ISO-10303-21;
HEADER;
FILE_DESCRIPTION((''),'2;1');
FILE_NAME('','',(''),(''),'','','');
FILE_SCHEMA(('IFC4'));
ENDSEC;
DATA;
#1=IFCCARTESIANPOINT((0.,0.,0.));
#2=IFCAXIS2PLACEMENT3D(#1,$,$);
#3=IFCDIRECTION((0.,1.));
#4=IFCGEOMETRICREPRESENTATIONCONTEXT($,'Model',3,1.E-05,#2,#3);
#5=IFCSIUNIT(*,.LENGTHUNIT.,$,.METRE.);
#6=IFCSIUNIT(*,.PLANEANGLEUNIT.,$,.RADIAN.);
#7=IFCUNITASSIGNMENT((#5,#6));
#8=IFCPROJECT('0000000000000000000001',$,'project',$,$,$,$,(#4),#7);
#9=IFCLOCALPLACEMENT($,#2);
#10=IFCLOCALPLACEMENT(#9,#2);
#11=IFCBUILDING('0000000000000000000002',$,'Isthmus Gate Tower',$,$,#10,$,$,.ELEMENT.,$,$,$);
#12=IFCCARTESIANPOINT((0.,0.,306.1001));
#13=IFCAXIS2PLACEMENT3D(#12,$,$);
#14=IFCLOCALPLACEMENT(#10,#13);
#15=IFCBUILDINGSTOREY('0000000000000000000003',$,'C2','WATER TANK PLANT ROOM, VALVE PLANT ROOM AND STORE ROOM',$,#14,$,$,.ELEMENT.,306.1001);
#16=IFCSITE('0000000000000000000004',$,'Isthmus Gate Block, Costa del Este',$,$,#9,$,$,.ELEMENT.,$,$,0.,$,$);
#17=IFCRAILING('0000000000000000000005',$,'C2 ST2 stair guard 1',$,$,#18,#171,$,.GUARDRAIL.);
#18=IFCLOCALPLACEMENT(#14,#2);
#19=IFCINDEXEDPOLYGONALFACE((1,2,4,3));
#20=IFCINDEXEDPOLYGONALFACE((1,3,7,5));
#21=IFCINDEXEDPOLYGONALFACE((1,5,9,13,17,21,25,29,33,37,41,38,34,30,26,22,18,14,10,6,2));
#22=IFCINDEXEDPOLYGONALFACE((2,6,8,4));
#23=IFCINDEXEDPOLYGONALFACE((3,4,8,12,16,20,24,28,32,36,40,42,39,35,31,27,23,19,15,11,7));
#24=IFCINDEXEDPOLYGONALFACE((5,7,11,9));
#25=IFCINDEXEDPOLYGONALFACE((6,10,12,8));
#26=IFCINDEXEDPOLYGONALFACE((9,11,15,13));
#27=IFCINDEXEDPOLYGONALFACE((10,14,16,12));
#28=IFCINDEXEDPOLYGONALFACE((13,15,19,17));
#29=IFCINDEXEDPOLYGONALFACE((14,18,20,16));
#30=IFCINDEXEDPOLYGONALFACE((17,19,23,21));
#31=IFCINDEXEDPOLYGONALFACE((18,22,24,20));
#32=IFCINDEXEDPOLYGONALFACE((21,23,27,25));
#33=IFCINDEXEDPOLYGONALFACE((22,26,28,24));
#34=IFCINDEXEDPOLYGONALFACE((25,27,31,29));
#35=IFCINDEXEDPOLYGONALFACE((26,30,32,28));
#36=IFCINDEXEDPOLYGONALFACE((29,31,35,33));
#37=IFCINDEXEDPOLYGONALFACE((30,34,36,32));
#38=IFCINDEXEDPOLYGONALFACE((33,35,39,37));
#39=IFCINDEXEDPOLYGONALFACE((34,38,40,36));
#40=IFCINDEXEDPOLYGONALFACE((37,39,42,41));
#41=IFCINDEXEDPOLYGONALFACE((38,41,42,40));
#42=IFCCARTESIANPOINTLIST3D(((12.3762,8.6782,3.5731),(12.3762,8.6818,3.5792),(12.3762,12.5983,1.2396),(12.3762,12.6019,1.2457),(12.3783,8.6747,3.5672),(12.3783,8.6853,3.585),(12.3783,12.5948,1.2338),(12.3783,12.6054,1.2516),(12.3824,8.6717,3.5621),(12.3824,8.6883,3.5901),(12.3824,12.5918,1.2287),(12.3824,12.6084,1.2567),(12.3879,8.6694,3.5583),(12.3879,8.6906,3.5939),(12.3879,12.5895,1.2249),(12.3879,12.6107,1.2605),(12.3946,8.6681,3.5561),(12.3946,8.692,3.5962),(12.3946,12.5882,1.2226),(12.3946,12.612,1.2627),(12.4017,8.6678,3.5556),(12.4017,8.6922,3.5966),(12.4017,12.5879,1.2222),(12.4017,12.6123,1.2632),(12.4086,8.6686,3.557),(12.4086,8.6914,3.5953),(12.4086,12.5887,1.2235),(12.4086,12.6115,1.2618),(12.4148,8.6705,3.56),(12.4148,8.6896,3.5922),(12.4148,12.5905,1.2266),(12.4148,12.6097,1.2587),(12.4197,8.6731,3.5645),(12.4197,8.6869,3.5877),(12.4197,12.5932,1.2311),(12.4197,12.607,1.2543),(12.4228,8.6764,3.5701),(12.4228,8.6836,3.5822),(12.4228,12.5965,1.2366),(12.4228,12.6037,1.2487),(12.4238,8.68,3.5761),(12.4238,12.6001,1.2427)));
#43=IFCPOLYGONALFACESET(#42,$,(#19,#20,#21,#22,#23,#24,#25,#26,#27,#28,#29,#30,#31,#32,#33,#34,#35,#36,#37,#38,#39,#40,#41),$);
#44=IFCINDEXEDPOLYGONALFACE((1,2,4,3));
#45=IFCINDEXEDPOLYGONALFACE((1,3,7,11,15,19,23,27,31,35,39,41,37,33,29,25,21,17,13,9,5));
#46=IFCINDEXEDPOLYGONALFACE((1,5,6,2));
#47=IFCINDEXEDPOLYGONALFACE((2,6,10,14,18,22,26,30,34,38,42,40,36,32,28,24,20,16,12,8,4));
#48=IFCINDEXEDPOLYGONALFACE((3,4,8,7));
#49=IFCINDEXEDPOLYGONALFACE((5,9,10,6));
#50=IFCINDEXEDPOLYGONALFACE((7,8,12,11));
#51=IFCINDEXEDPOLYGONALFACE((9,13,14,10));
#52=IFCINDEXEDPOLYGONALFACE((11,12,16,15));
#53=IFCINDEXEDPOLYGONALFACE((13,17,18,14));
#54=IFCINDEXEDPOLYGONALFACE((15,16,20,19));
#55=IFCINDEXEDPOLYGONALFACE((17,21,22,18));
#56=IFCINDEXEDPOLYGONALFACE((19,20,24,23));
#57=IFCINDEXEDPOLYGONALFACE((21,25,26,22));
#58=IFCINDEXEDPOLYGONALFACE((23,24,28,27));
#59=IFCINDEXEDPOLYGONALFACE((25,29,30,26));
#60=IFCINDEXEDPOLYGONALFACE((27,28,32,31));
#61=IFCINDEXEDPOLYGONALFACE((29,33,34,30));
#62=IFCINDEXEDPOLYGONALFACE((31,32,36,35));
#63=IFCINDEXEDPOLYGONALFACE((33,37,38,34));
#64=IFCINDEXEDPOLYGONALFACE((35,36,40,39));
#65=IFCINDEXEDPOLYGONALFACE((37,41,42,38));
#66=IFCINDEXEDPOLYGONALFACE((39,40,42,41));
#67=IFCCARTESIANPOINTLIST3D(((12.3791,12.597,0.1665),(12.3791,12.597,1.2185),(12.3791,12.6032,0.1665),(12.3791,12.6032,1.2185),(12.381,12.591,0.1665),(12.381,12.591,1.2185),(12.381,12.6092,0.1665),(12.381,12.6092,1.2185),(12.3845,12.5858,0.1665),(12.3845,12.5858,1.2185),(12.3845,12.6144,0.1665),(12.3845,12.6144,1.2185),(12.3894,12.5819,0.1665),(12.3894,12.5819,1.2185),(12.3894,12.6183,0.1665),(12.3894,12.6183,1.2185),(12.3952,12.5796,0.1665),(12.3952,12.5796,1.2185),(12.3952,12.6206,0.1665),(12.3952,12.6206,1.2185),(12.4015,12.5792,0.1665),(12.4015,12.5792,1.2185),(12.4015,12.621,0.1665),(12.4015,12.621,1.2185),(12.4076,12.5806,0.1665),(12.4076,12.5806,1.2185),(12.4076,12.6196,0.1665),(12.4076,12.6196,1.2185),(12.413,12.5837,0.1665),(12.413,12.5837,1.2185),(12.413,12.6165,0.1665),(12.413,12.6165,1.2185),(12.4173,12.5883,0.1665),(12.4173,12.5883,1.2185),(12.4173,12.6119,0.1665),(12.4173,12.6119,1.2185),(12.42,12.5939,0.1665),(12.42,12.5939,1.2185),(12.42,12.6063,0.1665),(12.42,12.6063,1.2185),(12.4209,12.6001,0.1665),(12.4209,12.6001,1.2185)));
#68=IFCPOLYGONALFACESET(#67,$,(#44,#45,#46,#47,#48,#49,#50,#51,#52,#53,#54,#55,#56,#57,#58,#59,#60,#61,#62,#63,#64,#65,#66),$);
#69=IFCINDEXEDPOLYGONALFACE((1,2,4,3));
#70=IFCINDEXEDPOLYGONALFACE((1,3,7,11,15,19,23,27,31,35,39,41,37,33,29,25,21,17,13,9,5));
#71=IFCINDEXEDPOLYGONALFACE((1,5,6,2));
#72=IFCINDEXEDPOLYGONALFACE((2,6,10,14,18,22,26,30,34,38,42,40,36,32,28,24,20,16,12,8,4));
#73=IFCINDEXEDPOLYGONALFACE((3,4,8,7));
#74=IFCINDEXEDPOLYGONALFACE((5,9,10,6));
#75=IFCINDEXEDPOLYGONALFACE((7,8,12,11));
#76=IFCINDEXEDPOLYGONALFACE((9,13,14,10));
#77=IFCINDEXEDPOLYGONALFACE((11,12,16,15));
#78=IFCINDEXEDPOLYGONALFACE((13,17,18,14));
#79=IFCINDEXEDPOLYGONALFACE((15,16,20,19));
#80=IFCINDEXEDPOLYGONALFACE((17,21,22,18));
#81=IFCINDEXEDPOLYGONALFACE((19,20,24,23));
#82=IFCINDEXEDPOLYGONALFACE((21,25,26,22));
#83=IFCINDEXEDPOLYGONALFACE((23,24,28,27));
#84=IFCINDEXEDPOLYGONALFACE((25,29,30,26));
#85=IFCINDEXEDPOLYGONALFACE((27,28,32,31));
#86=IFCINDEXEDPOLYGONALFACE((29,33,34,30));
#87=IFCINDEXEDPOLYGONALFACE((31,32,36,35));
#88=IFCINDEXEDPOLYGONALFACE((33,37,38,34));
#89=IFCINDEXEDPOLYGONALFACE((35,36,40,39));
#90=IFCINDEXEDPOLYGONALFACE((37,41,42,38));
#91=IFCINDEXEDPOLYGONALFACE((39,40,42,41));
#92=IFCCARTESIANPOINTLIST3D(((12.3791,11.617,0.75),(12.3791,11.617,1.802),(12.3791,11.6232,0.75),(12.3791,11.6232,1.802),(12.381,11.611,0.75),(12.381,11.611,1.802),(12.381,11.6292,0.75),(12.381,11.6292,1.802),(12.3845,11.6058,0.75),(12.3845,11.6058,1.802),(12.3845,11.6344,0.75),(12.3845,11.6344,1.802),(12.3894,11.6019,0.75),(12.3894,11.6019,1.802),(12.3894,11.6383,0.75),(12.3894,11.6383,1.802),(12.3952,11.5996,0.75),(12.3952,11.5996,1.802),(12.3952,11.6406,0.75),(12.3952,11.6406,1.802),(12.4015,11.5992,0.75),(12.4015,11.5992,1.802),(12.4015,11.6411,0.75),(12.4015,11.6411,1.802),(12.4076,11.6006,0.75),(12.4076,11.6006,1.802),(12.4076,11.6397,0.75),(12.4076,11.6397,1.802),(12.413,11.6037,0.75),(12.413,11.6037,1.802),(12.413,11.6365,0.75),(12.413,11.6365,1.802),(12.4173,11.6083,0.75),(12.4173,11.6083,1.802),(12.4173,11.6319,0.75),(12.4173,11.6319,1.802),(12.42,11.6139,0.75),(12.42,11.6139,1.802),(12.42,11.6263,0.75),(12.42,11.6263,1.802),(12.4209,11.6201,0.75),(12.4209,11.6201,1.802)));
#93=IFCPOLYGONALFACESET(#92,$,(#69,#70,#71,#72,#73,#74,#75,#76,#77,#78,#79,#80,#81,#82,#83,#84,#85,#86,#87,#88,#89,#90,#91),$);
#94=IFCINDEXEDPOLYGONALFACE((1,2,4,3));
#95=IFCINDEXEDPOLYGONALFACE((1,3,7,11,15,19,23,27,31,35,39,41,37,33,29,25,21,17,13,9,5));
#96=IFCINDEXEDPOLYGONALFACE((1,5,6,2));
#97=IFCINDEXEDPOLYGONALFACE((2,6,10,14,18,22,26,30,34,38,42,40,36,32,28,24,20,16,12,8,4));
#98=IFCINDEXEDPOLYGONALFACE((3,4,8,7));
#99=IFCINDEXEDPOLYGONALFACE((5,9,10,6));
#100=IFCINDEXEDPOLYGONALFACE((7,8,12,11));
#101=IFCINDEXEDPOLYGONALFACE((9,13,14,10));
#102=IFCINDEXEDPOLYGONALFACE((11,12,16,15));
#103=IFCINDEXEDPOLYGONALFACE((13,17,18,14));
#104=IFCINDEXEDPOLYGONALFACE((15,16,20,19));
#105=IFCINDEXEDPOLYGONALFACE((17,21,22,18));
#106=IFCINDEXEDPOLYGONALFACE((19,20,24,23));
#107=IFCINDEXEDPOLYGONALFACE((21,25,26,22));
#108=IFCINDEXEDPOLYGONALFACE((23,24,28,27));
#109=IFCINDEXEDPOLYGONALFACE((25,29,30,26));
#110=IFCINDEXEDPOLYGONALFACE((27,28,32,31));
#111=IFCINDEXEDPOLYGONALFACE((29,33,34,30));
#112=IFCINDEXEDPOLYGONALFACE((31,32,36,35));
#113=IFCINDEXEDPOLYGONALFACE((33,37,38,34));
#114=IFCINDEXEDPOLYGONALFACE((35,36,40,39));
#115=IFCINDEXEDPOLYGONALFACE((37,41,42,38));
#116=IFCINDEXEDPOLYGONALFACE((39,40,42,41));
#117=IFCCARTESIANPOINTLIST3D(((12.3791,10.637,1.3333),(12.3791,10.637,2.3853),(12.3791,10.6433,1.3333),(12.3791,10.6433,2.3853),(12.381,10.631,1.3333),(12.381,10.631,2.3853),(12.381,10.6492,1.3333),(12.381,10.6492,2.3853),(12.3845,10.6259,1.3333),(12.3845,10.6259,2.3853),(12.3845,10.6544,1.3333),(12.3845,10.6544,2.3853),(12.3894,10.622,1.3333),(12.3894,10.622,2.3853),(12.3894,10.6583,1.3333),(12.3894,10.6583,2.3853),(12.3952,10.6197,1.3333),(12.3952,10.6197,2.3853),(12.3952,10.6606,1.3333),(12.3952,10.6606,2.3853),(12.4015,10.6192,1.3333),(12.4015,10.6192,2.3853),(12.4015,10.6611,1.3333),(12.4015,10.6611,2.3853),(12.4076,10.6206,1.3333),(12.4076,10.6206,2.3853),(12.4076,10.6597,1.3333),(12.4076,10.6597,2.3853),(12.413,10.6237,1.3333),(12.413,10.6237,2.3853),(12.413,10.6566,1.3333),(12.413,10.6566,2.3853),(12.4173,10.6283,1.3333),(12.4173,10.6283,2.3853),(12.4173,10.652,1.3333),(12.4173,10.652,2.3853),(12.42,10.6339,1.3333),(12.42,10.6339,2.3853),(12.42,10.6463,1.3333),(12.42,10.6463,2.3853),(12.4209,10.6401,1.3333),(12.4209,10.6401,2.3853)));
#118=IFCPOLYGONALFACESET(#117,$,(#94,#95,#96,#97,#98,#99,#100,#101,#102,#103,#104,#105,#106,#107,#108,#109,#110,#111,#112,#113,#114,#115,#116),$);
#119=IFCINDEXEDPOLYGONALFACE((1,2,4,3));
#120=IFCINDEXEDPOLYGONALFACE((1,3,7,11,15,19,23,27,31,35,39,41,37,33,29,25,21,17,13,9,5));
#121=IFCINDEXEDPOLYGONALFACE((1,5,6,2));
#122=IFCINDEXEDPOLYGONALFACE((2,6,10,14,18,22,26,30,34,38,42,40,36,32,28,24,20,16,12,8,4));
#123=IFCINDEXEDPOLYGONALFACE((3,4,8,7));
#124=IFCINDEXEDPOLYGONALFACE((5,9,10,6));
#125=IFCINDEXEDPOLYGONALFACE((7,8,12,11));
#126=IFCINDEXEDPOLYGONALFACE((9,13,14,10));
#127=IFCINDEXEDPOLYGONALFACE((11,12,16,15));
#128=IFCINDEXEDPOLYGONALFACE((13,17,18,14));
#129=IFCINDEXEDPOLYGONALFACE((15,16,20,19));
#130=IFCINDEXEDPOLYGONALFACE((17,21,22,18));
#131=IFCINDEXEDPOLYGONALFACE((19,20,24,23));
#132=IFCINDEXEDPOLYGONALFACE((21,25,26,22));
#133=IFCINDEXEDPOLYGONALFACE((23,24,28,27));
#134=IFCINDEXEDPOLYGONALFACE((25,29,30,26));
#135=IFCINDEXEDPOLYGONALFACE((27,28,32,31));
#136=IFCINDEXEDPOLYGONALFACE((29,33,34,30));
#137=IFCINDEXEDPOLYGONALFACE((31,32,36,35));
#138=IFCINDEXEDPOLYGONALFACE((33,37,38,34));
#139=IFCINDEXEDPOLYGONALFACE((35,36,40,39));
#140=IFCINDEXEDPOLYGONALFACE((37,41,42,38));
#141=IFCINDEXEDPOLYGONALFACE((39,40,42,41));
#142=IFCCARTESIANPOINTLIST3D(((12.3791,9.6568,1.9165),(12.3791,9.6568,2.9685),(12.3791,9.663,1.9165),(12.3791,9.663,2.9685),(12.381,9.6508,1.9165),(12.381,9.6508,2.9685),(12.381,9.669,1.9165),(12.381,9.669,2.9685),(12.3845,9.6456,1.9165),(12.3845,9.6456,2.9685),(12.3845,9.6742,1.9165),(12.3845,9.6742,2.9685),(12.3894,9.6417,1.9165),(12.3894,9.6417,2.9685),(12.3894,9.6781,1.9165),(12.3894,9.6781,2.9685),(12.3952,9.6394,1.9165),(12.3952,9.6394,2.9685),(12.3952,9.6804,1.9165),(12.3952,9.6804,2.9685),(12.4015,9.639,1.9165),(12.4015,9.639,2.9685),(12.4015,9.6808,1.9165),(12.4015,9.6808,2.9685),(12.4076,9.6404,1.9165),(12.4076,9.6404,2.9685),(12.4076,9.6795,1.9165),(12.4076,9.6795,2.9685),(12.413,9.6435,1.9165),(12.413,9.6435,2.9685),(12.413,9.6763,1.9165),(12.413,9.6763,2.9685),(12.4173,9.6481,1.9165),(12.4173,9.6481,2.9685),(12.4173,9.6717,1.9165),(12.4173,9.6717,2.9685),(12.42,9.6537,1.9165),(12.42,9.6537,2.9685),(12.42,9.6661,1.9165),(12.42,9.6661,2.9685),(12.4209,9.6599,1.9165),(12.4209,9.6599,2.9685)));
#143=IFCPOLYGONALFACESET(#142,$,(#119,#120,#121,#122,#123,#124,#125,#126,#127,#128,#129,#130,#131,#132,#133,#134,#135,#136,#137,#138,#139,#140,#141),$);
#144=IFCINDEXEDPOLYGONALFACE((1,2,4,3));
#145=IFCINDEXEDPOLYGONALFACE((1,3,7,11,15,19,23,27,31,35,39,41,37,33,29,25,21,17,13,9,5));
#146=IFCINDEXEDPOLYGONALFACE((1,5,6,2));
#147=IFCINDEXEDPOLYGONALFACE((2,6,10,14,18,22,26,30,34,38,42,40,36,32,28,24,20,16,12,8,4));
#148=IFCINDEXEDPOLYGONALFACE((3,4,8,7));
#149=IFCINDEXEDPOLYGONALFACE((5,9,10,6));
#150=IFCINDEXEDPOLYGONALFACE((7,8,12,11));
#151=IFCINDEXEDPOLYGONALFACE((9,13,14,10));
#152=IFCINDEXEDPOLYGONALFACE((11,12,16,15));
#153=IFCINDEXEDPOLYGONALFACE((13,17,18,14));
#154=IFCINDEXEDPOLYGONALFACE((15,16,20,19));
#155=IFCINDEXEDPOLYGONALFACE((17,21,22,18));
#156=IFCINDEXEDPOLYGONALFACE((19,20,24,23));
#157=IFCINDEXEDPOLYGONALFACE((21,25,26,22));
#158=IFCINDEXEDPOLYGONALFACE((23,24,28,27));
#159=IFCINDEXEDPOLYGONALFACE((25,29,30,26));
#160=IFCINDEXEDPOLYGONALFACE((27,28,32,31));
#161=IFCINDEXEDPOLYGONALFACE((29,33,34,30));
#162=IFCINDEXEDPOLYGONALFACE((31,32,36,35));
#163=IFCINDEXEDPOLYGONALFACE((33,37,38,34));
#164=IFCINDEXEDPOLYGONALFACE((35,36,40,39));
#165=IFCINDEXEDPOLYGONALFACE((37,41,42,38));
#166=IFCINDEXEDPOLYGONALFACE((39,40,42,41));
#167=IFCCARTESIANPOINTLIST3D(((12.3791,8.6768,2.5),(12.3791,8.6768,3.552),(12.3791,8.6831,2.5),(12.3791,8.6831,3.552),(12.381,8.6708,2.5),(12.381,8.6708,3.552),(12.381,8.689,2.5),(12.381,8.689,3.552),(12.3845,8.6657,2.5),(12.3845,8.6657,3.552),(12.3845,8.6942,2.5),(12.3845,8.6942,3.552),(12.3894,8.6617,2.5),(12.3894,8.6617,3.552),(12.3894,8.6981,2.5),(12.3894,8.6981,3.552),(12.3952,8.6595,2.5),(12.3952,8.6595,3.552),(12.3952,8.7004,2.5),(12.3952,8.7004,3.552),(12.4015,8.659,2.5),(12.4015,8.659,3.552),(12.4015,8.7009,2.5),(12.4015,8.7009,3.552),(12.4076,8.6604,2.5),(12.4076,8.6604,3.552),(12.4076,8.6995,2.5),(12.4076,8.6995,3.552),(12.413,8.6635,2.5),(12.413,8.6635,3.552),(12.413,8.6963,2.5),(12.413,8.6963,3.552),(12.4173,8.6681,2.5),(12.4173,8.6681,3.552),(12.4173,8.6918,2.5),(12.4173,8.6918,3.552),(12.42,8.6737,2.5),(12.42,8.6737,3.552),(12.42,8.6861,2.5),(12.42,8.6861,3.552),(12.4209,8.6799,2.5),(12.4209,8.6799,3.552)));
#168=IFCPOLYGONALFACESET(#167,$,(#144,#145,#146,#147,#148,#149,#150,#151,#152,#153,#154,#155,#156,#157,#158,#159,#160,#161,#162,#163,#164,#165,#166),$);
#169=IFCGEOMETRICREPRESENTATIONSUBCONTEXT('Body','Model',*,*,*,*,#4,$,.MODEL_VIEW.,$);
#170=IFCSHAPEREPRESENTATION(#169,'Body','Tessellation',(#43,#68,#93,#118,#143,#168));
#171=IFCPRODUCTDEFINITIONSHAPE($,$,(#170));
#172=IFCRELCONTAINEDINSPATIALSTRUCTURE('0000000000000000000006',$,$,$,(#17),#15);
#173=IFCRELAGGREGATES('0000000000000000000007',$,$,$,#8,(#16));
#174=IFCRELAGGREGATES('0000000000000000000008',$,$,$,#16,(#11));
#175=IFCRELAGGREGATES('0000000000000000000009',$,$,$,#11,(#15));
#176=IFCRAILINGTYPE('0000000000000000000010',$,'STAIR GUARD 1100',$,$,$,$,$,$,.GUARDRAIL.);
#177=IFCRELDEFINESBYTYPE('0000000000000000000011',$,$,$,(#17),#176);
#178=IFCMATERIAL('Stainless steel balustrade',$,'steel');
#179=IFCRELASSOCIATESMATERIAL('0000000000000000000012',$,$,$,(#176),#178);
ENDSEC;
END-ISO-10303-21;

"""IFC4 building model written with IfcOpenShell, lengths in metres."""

from ifc_helpers import new_model, si_unit, direction, frame, origin, origin_2d, place, context, subcontext, project, spatial, circle, extrude, material, type_object, element, save


model = new_model("IFC4")

# Units and contexts
model_context = context("Model", 3, precision=1e-05, world=origin(), true_north=direction((0.0, 1.0)))
body_context = subcontext(model_context, "Body", "Model", "MODEL_VIEW")
ifc_project = project(units=[si_unit("LENGTHUNIT", "METRE"), si_unit("PLANEANGLEUNIT", "RADIAN")], contexts=[model_context])

# Site, building, storey
site_placement = place(None, origin())
site = spatial("IfcSite", under=ifc_project, at=site_placement, Name="Isthmus Gate Block, Costa del Este", CompositionType="ELEMENT", RefElevation=0.0)
building_placement = place(site_placement, origin())
building = spatial("IfcBuilding", under=site, at=building_placement, Name="Isthmus Gate Tower", CompositionType="ELEMENT")
storey_placement = place(building_placement, frame((0.0, 0.0, 306.1001)))
storey = spatial("IfcBuildingStorey", under=building, at=storey_placement, Name="C2", Description="WATER TANK PLANT ROOM, VALVE PLANT ROOM AND STORE ROOM", CompositionType="ELEMENT", Elevation=306.1001)

# Railing
ifc_material_1 = material(Name="Stainless steel balustrade", Category="steel")
railing_type_1 = type_object("IfcRailingType", Name="STAIR GUARD 1100", PredefinedType="GUARDRAIL", material=ifc_material_1)
railing_1_placement = place(storey_placement, frame((12.3999, 12.6001, 0.1665)))
element("IfcRailing", 1, at=railing_1_placement, inside=storey, type_object=railing_type_1, Name="C2 ST2 stair guard 1", PredefinedType="GUARDRAIL", context=body_context, shape_type="SweptSolid", body=[
    extrude(circle(Radius=0.0239, at=origin_2d()), frame((0.0, 0.0, 1.0762), z_axis=(0.0, -0.859287, 0.511494), x_axis=(1.0, 0.0, 0.0)), (0.0, 0.0, 1.0), 4.562),
    extrude(circle(Radius=0.021, at=origin_2d()), origin(), (0.0, 0.0, 1.0), 1.052),
    extrude(circle(Radius=0.021, at=origin_2d()), frame((0.0, -0.98, 0.5835)), (0.0, 0.0, 1.0), 1.052),
    extrude(circle(Radius=0.021, at=origin_2d()), frame((0.0, -1.96, 1.1667)), (0.0, 0.0, 1.0), 1.052),
    extrude(circle(Radius=0.021, at=origin_2d()), frame((0.0, -2.9402, 1.75)), (0.0, 0.0, 1.0), 1.052),
    extrude(circle(Radius=0.021, at=origin_2d()), frame((0.0, -3.9202, 2.3335)), (0.0, 0.0, 1.0), 1.052),
])

save(model, "model.ifc")
